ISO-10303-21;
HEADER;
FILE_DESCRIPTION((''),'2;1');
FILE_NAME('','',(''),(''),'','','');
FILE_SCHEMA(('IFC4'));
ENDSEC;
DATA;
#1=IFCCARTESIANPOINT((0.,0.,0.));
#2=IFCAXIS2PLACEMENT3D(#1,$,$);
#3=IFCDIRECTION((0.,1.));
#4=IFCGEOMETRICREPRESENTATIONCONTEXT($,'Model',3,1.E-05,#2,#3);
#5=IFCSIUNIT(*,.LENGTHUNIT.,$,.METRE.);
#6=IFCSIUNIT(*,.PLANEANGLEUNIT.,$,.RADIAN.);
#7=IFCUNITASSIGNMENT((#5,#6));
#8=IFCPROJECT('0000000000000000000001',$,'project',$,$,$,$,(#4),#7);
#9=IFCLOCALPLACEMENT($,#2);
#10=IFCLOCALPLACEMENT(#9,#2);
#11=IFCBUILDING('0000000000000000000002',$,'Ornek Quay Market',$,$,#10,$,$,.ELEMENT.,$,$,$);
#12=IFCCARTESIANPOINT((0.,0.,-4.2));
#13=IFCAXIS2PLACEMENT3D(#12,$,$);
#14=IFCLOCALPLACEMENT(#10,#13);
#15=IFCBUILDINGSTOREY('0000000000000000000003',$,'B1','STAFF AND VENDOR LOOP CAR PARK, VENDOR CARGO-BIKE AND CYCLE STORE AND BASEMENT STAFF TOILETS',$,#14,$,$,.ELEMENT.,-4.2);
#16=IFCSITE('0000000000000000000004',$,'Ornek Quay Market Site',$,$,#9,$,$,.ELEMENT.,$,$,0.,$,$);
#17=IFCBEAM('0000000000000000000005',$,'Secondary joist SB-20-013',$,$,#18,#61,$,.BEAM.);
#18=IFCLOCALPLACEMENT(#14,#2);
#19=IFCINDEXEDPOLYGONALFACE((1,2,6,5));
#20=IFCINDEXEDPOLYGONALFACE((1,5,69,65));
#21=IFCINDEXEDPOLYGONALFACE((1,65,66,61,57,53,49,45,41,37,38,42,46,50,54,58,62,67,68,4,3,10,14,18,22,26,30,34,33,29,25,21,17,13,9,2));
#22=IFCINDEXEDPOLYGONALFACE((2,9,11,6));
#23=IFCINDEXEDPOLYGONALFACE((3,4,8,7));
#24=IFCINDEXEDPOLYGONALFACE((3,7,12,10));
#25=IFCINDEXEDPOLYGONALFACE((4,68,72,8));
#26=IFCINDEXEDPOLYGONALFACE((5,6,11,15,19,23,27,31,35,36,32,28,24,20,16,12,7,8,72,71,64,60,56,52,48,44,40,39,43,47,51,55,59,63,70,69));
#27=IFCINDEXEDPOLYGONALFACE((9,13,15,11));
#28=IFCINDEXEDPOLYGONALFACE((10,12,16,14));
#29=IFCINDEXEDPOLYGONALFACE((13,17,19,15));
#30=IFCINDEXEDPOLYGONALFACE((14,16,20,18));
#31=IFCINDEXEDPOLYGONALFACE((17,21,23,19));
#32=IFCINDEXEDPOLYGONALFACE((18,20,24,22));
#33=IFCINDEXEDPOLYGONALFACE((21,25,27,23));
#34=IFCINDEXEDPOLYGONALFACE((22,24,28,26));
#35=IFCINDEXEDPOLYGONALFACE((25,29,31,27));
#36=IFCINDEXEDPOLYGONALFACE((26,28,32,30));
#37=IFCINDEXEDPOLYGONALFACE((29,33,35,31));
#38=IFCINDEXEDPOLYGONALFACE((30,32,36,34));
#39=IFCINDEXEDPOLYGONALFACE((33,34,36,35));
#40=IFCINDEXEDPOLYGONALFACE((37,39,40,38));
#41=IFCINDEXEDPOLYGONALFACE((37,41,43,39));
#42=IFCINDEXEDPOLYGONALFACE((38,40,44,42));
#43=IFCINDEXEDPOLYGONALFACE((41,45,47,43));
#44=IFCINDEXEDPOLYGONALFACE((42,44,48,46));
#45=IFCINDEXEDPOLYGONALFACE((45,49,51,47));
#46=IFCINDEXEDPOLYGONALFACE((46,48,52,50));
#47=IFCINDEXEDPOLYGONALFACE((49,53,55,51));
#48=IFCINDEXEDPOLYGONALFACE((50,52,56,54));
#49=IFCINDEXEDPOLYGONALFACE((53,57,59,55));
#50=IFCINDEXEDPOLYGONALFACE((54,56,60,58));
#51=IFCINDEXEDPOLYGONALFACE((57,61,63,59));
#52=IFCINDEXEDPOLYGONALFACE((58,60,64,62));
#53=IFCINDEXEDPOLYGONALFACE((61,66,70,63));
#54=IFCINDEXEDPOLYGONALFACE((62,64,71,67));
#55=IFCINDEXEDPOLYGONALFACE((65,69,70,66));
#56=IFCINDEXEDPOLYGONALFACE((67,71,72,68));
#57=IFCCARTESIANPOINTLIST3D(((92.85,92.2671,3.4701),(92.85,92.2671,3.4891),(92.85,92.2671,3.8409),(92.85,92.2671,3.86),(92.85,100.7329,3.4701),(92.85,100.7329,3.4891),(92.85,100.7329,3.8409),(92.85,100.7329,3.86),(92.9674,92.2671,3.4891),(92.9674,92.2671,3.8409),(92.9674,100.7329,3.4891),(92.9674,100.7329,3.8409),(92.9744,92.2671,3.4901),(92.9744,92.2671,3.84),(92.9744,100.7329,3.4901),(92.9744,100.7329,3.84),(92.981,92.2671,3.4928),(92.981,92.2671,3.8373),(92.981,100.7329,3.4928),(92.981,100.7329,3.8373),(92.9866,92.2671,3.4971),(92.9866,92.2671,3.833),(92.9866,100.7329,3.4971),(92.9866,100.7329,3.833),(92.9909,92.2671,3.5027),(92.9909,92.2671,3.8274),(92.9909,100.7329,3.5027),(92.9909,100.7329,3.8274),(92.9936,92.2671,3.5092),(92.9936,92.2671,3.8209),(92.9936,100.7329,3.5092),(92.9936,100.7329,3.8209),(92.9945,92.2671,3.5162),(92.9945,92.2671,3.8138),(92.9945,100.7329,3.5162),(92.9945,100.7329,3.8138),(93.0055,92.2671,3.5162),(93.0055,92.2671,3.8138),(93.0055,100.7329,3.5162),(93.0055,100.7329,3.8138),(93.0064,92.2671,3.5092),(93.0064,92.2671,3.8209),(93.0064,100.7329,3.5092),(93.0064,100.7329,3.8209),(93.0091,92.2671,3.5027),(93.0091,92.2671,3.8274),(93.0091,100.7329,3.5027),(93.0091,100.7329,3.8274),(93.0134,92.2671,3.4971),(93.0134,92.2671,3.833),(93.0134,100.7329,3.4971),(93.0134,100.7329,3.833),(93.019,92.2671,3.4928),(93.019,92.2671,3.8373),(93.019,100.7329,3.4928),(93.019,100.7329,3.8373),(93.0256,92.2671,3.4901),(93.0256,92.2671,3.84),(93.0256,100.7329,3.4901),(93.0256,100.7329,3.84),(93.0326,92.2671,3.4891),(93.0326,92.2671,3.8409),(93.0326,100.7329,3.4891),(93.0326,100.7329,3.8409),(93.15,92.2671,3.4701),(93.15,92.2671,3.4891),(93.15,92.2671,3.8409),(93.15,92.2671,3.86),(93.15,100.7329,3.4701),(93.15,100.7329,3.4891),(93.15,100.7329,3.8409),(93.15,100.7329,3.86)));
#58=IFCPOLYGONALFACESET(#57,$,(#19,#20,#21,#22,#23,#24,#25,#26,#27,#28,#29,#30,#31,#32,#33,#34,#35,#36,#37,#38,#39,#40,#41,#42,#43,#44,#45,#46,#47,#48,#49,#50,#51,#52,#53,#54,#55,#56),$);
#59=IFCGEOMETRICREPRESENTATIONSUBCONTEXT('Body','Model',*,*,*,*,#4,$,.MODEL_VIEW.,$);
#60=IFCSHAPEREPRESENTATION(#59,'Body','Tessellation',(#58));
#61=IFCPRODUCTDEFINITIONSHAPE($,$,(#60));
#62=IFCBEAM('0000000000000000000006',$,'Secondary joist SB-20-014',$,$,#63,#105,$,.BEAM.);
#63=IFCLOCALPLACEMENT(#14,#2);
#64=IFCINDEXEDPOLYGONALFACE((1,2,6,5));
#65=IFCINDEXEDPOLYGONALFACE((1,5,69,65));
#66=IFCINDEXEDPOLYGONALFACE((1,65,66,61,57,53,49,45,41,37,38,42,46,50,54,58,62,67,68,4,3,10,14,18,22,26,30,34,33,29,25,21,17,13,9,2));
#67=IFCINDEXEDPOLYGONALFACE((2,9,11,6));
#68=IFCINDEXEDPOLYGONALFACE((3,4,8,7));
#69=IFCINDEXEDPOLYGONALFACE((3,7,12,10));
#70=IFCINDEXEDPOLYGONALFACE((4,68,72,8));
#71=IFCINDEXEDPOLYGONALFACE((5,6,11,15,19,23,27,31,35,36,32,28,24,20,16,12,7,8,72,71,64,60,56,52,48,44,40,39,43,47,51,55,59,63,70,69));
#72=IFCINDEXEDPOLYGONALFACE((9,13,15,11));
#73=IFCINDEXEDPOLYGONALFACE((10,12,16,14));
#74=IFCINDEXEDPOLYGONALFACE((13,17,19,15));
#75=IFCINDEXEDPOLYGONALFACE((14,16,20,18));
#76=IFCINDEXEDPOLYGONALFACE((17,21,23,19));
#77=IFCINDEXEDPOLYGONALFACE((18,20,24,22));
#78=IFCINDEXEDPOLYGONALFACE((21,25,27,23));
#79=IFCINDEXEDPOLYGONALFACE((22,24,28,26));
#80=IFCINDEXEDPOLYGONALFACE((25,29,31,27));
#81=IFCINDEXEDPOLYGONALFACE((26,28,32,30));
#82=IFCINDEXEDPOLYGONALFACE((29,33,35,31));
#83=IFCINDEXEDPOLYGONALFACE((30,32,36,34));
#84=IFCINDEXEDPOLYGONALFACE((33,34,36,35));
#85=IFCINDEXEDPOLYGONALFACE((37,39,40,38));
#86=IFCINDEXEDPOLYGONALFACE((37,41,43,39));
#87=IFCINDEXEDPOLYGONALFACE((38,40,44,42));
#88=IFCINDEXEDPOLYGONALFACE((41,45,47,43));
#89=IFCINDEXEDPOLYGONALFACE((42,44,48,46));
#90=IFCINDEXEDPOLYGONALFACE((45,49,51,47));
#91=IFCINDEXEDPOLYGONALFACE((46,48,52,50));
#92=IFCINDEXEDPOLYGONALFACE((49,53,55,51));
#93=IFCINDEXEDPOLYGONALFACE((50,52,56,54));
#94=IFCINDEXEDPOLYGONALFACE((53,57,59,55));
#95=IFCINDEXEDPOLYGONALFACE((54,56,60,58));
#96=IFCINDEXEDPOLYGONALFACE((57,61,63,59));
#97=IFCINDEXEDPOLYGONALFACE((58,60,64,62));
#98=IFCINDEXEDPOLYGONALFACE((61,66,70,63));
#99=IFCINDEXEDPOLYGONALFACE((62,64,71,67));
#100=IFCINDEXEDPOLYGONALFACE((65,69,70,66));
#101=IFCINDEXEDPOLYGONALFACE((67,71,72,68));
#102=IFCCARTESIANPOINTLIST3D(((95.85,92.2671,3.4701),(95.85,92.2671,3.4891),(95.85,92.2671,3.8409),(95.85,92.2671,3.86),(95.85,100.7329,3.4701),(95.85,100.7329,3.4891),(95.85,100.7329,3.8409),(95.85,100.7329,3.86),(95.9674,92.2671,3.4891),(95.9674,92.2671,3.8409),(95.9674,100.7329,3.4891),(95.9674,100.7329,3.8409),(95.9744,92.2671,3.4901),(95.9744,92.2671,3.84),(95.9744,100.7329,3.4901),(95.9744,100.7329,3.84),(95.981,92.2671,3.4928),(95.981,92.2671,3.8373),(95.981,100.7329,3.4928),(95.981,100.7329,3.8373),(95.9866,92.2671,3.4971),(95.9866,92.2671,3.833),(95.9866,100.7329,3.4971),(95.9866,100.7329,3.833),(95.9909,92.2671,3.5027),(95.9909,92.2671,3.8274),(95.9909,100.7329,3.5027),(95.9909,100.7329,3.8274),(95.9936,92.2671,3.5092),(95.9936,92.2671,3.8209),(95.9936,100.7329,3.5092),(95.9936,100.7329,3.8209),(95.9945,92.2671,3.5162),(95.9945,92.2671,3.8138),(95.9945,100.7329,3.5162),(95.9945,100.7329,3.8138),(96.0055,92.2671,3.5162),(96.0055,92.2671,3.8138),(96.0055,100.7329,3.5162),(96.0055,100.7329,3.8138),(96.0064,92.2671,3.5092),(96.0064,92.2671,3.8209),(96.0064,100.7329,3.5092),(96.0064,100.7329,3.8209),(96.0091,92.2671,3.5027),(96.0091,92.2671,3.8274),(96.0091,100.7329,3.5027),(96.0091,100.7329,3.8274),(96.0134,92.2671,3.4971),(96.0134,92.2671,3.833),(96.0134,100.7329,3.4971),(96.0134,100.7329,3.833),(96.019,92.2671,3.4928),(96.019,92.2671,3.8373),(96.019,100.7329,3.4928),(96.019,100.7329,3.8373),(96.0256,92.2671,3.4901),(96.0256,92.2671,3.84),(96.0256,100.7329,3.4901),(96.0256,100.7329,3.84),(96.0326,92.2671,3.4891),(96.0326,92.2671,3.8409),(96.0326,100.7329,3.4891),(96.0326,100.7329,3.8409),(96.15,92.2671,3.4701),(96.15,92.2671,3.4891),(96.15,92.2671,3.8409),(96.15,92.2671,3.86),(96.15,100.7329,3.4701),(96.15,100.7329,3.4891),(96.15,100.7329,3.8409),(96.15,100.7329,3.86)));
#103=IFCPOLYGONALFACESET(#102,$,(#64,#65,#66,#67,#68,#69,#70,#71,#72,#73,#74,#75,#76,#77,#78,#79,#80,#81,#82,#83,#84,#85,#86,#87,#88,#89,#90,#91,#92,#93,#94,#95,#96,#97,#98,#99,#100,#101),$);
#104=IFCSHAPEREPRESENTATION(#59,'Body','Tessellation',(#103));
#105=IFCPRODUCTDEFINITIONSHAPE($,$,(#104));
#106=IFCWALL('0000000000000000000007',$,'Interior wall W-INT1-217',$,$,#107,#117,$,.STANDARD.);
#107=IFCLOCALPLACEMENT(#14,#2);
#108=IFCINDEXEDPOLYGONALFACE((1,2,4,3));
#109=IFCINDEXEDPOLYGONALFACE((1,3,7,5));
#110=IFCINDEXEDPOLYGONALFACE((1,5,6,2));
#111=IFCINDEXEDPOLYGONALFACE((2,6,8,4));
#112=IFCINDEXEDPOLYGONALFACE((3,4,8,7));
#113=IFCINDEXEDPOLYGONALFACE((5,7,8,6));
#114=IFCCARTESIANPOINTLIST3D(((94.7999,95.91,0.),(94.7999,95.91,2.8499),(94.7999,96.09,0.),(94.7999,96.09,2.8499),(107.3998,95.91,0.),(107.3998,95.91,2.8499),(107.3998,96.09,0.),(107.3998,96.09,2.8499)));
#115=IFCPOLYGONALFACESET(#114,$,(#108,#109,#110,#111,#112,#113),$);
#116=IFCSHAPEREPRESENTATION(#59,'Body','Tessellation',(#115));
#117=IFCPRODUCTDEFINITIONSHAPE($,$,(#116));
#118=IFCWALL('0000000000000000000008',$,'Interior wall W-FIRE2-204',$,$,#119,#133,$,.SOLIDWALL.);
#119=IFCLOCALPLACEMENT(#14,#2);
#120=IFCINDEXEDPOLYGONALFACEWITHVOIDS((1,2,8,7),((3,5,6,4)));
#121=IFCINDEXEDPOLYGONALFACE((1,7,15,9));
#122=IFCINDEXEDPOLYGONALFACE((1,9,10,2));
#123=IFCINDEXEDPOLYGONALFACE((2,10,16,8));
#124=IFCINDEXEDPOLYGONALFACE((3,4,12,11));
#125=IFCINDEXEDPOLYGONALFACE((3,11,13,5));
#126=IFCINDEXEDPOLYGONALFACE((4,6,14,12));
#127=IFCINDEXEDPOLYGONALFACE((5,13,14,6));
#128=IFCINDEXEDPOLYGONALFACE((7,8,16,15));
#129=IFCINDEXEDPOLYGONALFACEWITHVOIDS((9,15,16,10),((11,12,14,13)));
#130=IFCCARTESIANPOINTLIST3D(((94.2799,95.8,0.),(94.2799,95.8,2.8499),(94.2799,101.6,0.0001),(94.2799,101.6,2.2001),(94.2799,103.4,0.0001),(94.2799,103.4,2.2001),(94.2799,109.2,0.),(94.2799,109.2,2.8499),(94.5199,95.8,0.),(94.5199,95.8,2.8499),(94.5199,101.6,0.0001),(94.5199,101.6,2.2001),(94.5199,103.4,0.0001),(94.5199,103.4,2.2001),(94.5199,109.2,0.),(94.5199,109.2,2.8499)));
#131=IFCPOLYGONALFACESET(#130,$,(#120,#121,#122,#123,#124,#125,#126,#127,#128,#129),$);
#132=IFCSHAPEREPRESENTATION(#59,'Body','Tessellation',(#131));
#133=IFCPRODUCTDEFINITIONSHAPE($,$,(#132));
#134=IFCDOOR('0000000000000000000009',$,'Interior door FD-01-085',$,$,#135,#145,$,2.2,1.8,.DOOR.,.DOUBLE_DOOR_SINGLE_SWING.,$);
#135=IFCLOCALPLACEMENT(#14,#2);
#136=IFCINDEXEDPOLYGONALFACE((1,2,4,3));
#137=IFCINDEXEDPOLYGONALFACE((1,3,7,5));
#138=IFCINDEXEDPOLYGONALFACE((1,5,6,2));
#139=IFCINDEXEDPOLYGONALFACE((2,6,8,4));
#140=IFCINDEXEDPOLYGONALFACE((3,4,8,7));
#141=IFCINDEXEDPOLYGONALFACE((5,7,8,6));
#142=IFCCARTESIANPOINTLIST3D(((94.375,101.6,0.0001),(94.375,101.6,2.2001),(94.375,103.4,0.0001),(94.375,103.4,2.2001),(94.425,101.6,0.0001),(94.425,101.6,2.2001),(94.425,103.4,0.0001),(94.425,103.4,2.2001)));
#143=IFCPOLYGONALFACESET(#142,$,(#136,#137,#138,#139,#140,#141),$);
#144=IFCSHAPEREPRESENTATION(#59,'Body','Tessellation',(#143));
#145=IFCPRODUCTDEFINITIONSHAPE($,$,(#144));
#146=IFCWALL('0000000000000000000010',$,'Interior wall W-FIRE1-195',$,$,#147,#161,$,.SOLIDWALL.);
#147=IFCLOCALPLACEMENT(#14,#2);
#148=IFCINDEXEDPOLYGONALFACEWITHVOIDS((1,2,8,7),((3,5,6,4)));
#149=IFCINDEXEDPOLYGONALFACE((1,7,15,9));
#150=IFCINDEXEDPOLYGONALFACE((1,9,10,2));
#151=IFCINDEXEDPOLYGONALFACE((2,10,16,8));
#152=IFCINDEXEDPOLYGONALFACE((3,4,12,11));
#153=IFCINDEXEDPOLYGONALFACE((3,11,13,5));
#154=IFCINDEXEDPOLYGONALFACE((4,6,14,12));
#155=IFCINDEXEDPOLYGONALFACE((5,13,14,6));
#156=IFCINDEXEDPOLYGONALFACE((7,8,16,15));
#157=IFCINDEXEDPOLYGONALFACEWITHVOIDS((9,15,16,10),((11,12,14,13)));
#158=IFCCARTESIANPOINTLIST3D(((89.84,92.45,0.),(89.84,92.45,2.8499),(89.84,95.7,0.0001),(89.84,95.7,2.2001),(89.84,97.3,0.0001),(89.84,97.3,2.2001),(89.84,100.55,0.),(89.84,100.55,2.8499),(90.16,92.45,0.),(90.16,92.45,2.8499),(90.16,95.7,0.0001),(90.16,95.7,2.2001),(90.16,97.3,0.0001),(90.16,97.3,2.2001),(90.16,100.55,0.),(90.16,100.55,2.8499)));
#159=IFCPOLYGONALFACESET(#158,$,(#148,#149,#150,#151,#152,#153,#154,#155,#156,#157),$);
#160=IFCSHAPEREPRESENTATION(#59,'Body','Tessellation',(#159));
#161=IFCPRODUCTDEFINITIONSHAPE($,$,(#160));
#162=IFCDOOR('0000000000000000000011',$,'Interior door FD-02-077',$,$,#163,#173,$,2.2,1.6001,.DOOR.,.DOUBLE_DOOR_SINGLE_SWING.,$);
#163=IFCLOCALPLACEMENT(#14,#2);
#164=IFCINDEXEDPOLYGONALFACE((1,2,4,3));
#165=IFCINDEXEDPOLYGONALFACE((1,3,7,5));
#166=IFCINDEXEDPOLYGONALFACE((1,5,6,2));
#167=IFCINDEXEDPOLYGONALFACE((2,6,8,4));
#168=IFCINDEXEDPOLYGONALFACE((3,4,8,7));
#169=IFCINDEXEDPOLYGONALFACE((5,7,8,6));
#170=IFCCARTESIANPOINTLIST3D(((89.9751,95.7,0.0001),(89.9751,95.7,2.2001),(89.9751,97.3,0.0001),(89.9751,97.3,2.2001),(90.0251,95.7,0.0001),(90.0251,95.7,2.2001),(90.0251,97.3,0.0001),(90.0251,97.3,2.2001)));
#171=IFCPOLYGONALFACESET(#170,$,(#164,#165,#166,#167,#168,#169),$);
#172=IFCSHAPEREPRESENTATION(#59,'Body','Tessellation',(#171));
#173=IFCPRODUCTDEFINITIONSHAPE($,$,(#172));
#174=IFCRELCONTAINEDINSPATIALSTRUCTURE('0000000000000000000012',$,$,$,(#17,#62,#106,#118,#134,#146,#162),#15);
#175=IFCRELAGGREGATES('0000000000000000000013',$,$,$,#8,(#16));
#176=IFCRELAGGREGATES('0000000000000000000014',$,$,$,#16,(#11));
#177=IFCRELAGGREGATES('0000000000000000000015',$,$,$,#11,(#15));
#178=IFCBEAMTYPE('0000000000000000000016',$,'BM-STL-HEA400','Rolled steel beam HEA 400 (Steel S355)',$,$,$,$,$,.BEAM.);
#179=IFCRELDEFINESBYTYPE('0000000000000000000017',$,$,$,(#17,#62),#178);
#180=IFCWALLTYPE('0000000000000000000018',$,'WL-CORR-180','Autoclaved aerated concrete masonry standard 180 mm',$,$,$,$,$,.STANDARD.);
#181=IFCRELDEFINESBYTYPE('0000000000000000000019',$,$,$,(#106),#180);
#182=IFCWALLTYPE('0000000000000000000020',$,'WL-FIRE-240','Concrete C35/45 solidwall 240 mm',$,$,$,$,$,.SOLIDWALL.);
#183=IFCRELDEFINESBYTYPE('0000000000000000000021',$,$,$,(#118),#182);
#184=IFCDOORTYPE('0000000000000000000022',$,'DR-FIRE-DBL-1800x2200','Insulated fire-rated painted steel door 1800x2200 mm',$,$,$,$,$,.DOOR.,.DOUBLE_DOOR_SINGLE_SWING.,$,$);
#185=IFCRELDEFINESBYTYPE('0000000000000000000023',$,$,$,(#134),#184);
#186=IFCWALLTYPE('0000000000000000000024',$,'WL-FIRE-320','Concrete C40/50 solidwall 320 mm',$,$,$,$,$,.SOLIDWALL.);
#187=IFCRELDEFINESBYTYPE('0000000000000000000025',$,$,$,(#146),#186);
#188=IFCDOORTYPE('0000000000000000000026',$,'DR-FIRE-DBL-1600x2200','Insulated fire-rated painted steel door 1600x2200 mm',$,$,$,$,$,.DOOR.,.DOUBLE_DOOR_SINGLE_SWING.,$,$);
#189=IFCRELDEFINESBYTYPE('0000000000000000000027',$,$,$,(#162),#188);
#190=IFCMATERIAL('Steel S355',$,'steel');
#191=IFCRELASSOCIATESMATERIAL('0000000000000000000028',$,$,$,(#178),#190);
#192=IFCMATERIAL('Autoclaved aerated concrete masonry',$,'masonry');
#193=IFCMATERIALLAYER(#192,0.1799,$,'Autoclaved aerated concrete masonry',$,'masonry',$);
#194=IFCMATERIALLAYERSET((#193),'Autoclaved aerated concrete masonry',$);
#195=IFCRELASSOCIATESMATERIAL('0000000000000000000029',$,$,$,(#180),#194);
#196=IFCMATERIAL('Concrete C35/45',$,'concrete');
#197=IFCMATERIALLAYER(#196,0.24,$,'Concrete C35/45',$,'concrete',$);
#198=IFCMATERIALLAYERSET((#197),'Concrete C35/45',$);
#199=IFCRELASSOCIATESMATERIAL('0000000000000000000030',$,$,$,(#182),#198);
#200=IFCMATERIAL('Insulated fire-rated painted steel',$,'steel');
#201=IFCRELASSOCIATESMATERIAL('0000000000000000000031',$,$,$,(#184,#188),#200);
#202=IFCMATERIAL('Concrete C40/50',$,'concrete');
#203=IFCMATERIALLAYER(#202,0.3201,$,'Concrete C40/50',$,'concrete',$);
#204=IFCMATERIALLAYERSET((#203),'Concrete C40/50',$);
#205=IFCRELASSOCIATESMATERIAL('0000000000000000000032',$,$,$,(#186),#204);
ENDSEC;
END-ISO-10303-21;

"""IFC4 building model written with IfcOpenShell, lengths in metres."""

from ifc_helpers import new_model, si_unit, direction, frame, frame_2d, origin, origin_2d, place, context, subcontext, project, spatial, rectangle, i_section, extrude, material, layer, layer_set, material_profile, profile_set, type_object, element, fill, save


model = new_model("IFC4")

# Units and contexts
model_context = context("Model", 3, precision=1e-05, world=origin(), true_north=direction((0.0, 1.0)))
body_context = subcontext(model_context, "Body", "Model", "MODEL_VIEW")
ifc_project = project(units=[si_unit("LENGTHUNIT", "METRE"), si_unit("PLANEANGLEUNIT", "RADIAN")], contexts=[model_context])

# Site, building, storey
site_placement = place(None, origin())
site = spatial("IfcSite", under=ifc_project, at=site_placement, Name="Ornek Quay Market Site", CompositionType="ELEMENT", RefElevation=0.0)
building_placement = place(site_placement, origin())
building = spatial("IfcBuilding", under=site, at=building_placement, Name="Ornek Quay Market", CompositionType="ELEMENT")
storey_placement = place(building_placement, frame((0.0, 0.0, -4.2)))
storey = spatial("IfcBuildingStorey", under=building, at=storey_placement, Name="B1", Description="STAFF AND VENDOR LOOP CAR PARK, VENDOR CARGO-BIKE AND CYCLE STORE AND BASEMENT STAFF TOILETS", CompositionType="ELEMENT", Elevation=-4.2)

# Shared definitions
ifc_material_1 = material(Name="Concrete C35/45", Category="concrete")

# Shared definitions
ifc_material_2 = material(Name="Concrete C40/50", Category="concrete")

# Beams
ifc_material_3 = material(Name="Steel S355", Category="steel")
ifc_material_profile_1 = material_profile(ifc_material_3, i_section(OverallWidth=0.3, OverallDepth=0.3899, WebThickness=0.011, FlangeThickness=0.019, FilletRadius=0.0271, at=origin_2d()), Name="HEA 400", Category="steel")
ifc_profile_set_1 = profile_set([ifc_material_profile_1], Name="Steel S355")
beam_type_1 = type_object("IfcBeamType", Name="BM-STL-HEA400", Description="Rolled steel beam HEA 400 (Steel S355)", PredefinedType="BEAM", material=ifc_profile_set_1)
for number, where, z_axis, x_axis, name in (
    (1, (93.0, 92.2671, 3.665), (0.0, 1.0, 0.0), (-1.0, 0.0, 0.0), "Secondary joist SB-20-013"),
    (2, (96.0, 92.2671, 3.665), (0.0, 1.0, 0.0), (-1.0, 0.0, 0.0), "Secondary joist SB-20-014"),
):
    element("IfcBeam", number, at=place(storey_placement, frame(where, z_axis=z_axis, x_axis=x_axis)), inside=storey, type_object=beam_type_1, Name=name, PredefinedType="BEAM", context=body_context, shape_type="SweptSolid", body=[
        extrude(i_section(OverallWidth=0.3, OverallDepth=0.3899, WebThickness=0.011, FlangeThickness=0.019, FilletRadius=0.0271, at=origin_2d()), origin(), (0.0, 0.0, 1.0), 8.4658),
    ])

# Wall
ifc_material_4 = material(Name="Autoclaved aerated concrete masonry", Category="masonry")
ifc_layer_1 = layer(ifc_material_4, 0.1799, Name="Autoclaved aerated concrete masonry", Category="masonry")
ifc_layer_set_1 = layer_set([ifc_layer_1], Name="Autoclaved aerated concrete masonry")
wall_type_1 = type_object("IfcWallType", Name="WL-CORR-180", Description="Autoclaved aerated concrete masonry standard 180 mm", PredefinedType="STANDARD", material=ifc_layer_set_1)
wall_1_placement = place(storey_placement, frame((94.8, 96.0, 0.0), z_axis=(0.0, 0.0, 1.0), x_axis=(1.0, 0.0, 0.0)))
element("IfcWall", 3, at=wall_1_placement, inside=storey, type_object=wall_type_1, Name="Interior wall W-INT1-217", PredefinedType="STANDARD", context=body_context, shape_type="SweptSolid", body=[
    extrude(rectangle(XDim=12.5999, YDim=0.1799, at=frame_2d((6.2998, 0.0))), origin(), (0.0, 0.0, 1.0), 2.8499),
])

# Walls, openings, doors
ifc_layer_2 = layer(ifc_material_1, 0.24, Name="Concrete C35/45", Category="concrete")
ifc_layer_set_2 = layer_set([ifc_layer_2], Name="Concrete C35/45")
wall_type_2 = type_object("IfcWallType", Name="WL-FIRE-240", Description="Concrete C35/45 solidwall 240 mm", PredefinedType="SOLIDWALL", material=ifc_layer_set_2)
wall_2_placement = place(storey_placement, frame((94.3999, 95.8, 0.0), z_axis=(0.0, 0.0, 1.0), x_axis=(0.0, 1.0, 0.0)))
wall_2 = element("IfcWall", 4, at=wall_2_placement, inside=storey, type_object=wall_type_2, Name="Interior wall W-FIRE2-204", PredefinedType="SOLIDWALL", context=body_context, shape_type="SweptSolid", body=[
    extrude(rectangle(XDim=13.3999, YDim=0.24, at=frame_2d((6.7, 0.0))), origin(), (0.0, 0.0, 1.0), 2.8499),
])
opening_1_placement = place(wall_2_placement, frame((5.8, 0.0, 0.0)))
opening_1 = element("IfcOpeningElement", 5, at=opening_1_placement, cuts=wall_2, PredefinedType="OPENING", context=body_context, shape_type="SweptSolid", body=[
    extrude(rectangle(XDim=1.8, YDim=2.2, at=frame_2d((0.8999, 1.1001))), frame((0.0, 0.1299, 0.0), z_axis=(0.0, -1.0, 0.0), x_axis=(1.0, 0.0, 0.0)), (0.0, 0.0, 1.0), 0.26),
])
ifc_material_5 = material(Name="Insulated fire-rated painted steel", Category="steel")
door_type_1 = type_object("IfcDoorType", Name="DR-FIRE-DBL-1800x2200", Description="Insulated fire-rated painted steel door 1800x2200 mm", OperationType="DOUBLE_DOOR_SINGLE_SWING", PredefinedType="DOOR", material=ifc_material_5)
door_1_placement = place(opening_1_placement, origin())
door_1 = element("IfcDoor", 6, at=door_1_placement, inside=storey, type_object=door_type_1, Name="Interior door FD-01-085", OperationType="DOUBLE_DOOR_SINGLE_SWING", OverallHeight=2.2, OverallWidth=1.8, PredefinedType="DOOR", context=body_context, shape_type="SweptSolid", body=[
    extrude(rectangle(XDim=1.8, YDim=2.2, at=frame_2d((0.8999, 1.1001))), frame((0.0, 0.0249, 0.0), z_axis=(0.0, -1.0, 0.0), x_axis=(1.0, 0.0, 0.0)), (0.0, 0.0, 1.0), 0.05),
])
fill(opening_1, door_1)
ifc_layer_3 = layer(ifc_material_2, 0.3201, Name="Concrete C40/50", Category="concrete")
ifc_layer_set_3 = layer_set([ifc_layer_3], Name="Concrete C40/50")
wall_type_3 = type_object("IfcWallType", Name="WL-FIRE-320", Description="Concrete C40/50 solidwall 320 mm", PredefinedType="SOLIDWALL", material=ifc_layer_set_3)
wall_3_placement = place(storey_placement, frame((90.0, 92.45, 0.0), z_axis=(0.0, 0.0, 1.0), x_axis=(0.0, 1.0, 0.0)))
wall_3 = element("IfcWall", 7, at=wall_3_placement, inside=storey, type_object=wall_type_3, Name="Interior wall W-FIRE1-195", PredefinedType="SOLIDWALL", context=body_context, shape_type="SweptSolid", body=[
    extrude(rectangle(XDim=8.1001, YDim=0.3201, at=frame_2d((4.05, 0.0))), origin(), (0.0, 0.0, 1.0), 2.8499),
])
opening_2_placement = place(wall_3_placement, frame((3.25, 0.0, 0.0)))
opening_2 = element("IfcOpeningElement", 8, at=opening_2_placement, cuts=wall_3, PredefinedType="OPENING", context=body_context, shape_type="SweptSolid", body=[
    extrude(rectangle(XDim=1.6001, YDim=2.2, at=frame_2d((0.8, 1.1001))), frame((0.0, 0.1699, 0.0), z_axis=(0.0, -1.0, 0.0), x_axis=(1.0, 0.0, 0.0)), (0.0, 0.0, 1.0), 0.3401),
])
door_type_2 = type_object("IfcDoorType", Name="DR-FIRE-DBL-1600x2200", Description="Insulated fire-rated painted steel door 1600x2200 mm", OperationType="DOUBLE_DOOR_SINGLE_SWING", PredefinedType="DOOR", material=ifc_material_5)
door_2_placement = place(opening_2_placement, origin())
door_2 = element("IfcDoor", 9, at=door_2_placement, inside=storey, type_object=door_type_2, Name="Interior door FD-02-077", OperationType="DOUBLE_DOOR_SINGLE_SWING", OverallHeight=2.2, OverallWidth=1.6001, PredefinedType="DOOR", context=body_context, shape_type="SweptSolid", body=[
    extrude(rectangle(XDim=1.6001, YDim=2.2, at=frame_2d((0.8, 1.1001))), frame((0.0, 0.0249, 0.0), z_axis=(0.0, -1.0, 0.0), x_axis=(1.0, 0.0, 0.0)), (0.0, 0.0, 1.0), 0.05),
])
fill(opening_2, door_2)

save(model, "model.ifc")
